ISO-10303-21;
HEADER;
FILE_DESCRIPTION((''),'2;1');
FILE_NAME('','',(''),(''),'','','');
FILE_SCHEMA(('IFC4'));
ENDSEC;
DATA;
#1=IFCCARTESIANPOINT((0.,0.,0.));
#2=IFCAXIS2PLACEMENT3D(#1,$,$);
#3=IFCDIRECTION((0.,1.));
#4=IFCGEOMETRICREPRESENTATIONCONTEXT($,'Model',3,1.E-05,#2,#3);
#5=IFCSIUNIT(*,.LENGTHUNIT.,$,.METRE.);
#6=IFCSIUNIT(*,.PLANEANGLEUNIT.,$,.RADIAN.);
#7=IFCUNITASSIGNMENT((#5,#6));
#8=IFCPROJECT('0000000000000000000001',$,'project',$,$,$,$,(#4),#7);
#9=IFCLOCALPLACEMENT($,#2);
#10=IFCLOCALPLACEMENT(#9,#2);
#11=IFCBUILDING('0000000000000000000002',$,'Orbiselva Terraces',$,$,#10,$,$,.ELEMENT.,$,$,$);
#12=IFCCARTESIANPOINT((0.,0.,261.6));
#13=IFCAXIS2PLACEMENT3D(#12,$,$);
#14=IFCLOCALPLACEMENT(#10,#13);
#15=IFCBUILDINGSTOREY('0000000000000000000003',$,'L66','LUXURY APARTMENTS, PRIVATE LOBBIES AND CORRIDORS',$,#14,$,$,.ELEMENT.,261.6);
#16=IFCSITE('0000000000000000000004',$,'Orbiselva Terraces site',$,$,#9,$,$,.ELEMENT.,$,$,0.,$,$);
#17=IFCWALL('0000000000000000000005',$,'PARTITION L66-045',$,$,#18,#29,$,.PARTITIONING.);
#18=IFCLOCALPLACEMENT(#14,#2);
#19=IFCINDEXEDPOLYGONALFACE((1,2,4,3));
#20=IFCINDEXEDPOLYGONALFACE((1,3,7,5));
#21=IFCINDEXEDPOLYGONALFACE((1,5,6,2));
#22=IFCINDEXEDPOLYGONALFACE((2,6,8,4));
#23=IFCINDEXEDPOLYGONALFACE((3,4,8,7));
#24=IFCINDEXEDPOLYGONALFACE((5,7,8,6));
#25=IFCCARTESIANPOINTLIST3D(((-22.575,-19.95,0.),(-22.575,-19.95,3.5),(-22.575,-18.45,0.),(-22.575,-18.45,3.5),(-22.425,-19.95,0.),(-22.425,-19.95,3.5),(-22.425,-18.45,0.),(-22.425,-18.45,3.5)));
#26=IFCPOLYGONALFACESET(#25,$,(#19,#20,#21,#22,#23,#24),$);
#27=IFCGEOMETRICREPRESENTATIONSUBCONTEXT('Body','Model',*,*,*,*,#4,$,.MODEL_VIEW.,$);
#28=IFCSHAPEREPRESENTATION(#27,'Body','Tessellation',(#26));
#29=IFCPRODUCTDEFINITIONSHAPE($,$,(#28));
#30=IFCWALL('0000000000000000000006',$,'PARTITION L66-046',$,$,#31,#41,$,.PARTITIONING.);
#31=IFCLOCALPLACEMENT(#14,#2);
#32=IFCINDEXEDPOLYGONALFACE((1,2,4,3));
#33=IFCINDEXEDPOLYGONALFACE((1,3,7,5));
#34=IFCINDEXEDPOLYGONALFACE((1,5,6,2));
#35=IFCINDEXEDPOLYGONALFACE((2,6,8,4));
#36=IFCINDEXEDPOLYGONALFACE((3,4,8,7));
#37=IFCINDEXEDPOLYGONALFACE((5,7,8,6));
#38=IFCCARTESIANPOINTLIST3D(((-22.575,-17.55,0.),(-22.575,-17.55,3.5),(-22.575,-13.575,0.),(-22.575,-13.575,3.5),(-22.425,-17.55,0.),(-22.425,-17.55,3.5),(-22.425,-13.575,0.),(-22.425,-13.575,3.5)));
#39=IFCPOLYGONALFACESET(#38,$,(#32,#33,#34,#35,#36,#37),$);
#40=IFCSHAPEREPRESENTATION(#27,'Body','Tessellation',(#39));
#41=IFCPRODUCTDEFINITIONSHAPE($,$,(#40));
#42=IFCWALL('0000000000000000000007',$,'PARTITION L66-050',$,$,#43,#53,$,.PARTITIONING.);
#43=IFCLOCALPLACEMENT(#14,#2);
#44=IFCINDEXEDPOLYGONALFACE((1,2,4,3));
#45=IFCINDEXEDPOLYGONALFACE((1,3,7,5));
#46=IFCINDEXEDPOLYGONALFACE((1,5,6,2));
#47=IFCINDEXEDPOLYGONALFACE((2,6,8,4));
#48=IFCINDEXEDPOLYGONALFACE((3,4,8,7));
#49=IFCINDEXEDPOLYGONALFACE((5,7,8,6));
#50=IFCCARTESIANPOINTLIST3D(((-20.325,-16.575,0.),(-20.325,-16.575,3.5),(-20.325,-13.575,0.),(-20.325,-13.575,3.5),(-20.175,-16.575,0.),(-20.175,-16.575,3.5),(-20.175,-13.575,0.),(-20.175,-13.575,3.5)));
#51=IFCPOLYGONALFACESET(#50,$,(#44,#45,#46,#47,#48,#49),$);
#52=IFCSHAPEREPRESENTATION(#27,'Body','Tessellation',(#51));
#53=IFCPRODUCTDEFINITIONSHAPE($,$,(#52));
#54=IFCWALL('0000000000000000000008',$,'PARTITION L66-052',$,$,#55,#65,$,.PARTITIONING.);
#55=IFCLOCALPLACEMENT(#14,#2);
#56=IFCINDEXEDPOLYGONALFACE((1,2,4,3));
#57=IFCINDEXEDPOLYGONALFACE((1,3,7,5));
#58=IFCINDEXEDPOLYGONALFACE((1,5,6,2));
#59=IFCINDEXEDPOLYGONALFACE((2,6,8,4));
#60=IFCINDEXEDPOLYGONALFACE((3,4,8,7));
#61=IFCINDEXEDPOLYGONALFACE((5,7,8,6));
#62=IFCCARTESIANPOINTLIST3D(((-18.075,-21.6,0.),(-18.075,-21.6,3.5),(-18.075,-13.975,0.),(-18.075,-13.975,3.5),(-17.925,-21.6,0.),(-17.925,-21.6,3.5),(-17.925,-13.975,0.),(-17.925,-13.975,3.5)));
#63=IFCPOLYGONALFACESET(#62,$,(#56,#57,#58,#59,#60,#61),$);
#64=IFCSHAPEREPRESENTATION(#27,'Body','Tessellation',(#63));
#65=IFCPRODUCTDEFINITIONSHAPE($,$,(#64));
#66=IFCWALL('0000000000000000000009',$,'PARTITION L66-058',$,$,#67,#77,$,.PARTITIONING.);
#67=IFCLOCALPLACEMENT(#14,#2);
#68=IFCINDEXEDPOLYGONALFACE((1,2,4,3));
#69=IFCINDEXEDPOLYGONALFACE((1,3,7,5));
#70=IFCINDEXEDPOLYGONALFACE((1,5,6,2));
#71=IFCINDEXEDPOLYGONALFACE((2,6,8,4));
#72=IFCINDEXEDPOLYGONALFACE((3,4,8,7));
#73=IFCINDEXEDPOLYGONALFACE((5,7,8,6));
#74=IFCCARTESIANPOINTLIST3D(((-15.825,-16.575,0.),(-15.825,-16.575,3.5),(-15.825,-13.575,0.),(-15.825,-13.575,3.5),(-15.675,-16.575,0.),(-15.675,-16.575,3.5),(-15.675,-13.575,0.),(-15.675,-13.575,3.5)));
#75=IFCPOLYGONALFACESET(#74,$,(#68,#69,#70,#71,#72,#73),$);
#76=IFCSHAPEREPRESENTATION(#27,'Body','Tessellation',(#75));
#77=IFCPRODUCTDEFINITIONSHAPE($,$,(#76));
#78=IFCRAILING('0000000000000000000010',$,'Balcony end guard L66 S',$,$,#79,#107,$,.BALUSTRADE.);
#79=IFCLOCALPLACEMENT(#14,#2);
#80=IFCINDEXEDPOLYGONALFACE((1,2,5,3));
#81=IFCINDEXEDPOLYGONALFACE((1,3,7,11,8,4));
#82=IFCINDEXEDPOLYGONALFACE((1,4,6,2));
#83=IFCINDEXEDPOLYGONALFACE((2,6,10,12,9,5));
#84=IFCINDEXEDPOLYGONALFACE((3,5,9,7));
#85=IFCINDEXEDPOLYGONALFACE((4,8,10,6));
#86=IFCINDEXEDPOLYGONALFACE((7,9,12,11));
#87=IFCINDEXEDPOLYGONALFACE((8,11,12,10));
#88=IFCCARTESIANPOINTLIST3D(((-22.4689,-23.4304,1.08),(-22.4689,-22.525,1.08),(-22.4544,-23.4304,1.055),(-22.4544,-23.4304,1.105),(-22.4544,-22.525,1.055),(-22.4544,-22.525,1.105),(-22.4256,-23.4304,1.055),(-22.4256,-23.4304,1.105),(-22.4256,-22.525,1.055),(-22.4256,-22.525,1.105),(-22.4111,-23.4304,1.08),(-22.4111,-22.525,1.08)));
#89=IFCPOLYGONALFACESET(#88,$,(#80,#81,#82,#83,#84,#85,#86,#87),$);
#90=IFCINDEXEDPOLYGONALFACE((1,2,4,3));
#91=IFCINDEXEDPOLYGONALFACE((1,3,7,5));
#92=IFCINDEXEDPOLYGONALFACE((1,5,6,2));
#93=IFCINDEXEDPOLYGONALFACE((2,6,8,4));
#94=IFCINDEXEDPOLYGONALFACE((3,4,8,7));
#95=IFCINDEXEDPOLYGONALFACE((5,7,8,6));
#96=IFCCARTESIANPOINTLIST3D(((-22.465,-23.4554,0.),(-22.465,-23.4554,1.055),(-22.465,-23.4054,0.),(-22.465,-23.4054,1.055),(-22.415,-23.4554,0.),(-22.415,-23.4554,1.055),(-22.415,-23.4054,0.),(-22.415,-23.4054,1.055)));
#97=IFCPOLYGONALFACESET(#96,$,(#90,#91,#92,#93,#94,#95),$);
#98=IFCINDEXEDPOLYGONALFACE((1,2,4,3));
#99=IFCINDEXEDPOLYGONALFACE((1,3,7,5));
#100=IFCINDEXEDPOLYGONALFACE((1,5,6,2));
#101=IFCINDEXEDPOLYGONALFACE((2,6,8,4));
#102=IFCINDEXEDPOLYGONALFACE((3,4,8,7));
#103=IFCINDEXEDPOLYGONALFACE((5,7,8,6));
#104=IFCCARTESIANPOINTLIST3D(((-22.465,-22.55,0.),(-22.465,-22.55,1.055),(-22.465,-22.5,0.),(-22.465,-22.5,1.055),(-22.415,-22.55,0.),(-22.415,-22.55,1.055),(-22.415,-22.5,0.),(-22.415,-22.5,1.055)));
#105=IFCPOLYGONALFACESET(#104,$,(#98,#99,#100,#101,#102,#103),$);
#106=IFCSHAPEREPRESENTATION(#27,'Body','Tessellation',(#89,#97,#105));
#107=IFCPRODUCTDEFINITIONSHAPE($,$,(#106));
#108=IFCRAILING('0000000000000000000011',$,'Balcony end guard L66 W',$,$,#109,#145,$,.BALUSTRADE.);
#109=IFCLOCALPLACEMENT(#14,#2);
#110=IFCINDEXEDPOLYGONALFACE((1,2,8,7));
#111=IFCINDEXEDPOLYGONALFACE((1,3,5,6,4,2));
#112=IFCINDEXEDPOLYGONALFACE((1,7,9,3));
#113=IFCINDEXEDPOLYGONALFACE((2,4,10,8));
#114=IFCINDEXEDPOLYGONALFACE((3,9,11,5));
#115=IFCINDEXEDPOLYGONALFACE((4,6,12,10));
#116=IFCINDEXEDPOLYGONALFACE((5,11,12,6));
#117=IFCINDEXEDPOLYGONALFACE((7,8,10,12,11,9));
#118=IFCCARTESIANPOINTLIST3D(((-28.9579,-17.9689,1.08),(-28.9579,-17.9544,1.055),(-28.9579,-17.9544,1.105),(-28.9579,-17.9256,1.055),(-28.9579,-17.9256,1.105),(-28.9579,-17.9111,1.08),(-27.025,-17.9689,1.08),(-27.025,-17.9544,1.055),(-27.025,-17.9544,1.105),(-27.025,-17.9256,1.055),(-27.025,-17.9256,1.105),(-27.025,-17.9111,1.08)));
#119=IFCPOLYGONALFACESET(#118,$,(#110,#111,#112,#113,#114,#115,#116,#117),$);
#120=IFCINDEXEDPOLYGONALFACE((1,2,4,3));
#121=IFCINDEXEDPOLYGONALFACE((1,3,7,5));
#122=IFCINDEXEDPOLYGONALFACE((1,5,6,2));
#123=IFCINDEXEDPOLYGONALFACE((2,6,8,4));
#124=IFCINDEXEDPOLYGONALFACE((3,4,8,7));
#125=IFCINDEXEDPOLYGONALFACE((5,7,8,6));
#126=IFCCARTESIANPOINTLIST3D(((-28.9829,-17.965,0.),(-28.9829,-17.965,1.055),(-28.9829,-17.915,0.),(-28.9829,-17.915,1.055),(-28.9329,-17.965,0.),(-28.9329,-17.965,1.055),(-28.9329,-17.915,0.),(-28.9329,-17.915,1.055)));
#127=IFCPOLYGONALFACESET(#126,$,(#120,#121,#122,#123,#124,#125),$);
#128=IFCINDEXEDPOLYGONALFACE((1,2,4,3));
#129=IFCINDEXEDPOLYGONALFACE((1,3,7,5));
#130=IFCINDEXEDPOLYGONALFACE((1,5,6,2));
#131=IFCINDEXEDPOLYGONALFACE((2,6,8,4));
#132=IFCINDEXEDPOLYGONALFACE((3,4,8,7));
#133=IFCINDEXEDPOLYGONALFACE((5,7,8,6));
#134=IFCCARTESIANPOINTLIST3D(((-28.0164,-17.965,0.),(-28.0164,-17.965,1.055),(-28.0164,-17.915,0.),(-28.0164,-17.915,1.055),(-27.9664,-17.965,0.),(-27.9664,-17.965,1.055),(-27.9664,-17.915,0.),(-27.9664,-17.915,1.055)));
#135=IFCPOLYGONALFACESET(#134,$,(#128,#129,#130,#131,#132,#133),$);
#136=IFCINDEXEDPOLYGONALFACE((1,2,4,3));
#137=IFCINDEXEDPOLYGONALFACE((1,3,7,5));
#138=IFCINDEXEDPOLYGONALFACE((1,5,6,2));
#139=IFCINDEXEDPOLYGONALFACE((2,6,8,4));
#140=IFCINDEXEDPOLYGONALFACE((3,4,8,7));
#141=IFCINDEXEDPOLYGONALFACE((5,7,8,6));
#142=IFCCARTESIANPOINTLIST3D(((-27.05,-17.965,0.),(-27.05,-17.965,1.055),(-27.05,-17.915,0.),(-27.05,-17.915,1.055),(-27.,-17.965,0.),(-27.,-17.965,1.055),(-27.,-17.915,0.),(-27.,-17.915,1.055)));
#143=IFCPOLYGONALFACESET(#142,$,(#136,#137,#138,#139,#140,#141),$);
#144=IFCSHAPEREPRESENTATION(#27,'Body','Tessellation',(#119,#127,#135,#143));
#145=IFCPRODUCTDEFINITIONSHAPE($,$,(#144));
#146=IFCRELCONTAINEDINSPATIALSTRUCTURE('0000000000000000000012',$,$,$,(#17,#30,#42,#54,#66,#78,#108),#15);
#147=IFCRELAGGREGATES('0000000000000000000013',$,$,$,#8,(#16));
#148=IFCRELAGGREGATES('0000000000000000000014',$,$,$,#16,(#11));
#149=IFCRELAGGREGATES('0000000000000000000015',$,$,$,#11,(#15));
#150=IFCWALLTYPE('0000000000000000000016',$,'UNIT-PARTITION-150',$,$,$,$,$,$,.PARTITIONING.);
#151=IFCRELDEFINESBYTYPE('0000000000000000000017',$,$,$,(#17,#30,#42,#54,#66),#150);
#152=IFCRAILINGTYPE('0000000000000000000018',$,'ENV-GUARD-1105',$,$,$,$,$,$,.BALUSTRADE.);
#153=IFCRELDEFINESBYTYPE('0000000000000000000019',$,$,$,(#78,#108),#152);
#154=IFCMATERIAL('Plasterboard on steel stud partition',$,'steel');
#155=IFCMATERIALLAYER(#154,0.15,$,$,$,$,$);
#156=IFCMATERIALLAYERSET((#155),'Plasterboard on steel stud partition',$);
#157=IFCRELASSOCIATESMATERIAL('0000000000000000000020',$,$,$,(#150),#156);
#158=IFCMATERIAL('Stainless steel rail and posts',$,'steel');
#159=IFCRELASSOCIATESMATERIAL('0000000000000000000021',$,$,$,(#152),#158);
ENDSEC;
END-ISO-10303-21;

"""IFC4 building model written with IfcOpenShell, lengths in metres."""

from ifc_helpers import new_model, si_unit, direction, frame, frame_2d, origin, origin_2d, place, context, subcontext, project, spatial, polyline, rectangle, outline, extrude, material, layer, layer_set, type_object, element, save


model = new_model("IFC4")

# Units and contexts
model_context = context("Model", 3, precision=1e-05, world=origin(), true_north=direction((0.0, 1.0)))
body_context = subcontext(model_context, "Body", "Model", "MODEL_VIEW")
ifc_project = project(units=[si_unit("LENGTHUNIT", "METRE"), si_unit("PLANEANGLEUNIT", "RADIAN")], contexts=[model_context])

# Site, building, storey
site_placement = place(None, origin())
site = spatial("IfcSite", under=ifc_project, at=site_placement, Name="Orbiselva Terraces site", CompositionType="ELEMENT", RefElevation=0.0)
building_placement = place(site_placement, origin())
building = spatial("IfcBuilding", under=site, at=building_placement, Name="Orbiselva Terraces", CompositionType="ELEMENT")
storey_placement = place(building_placement, frame((0.0, 0.0, 261.6)))
storey = spatial("IfcBuildingStorey", under=building, at=storey_placement, Name="L66", Description="LUXURY APARTMENTS, PRIVATE LOBBIES AND CORRIDORS", CompositionType="ELEMENT", Elevation=261.6)

# Shared definitions
ifc_material_1 = material(Name="Plasterboard on steel stud partition", Category="steel")
ifc_layer_1 = layer(ifc_material_1, 0.15)
ifc_layer_set_1 = layer_set([ifc_layer_1], Name="Plasterboard on steel stud partition")
wall_type_1 = type_object("IfcWallType", Name="UNIT-PARTITION-150", PredefinedType="PARTITIONING", material=ifc_layer_set_1)

# Walls
wall_1_placement = place(storey_placement, frame((-22.5, -19.95, 0.0), z_axis=(0.0, 0.0, 1.0), x_axis=(0.0, 1.0, 0.0)))
element("IfcWall", 1, at=wall_1_placement, inside=storey, type_object=wall_type_1, Name="PARTITION L66-045", PredefinedType="PARTITIONING", context=body_context, shape_type="SweptSolid", body=[
    extrude(rectangle(XDim=1.5, YDim=0.15, at=frame_2d((0.75, 0.0))), origin(), (0.0, 0.0, 1.0), 3.5),
])
wall_2_placement = place(storey_placement, frame((-22.5, -17.55, 0.0), z_axis=(0.0, 0.0, 1.0), x_axis=(0.0, 1.0, 0.0)))
element("IfcWall", 2, at=wall_2_placement, inside=storey, type_object=wall_type_1, Name="PARTITION L66-046", PredefinedType="PARTITIONING", context=body_context, shape_type="SweptSolid", body=[
    extrude(rectangle(XDim=3.975, YDim=0.15, at=frame_2d((1.9875, 0.0))), origin(), (0.0, 0.0, 1.0), 3.5),
])
wall_3_placement = place(storey_placement, frame((-20.25, -16.575, 0.0), z_axis=(0.0, 0.0, 1.0), x_axis=(0.0, 1.0, 0.0)))
element("IfcWall", 3, at=wall_3_placement, inside=storey, type_object=wall_type_1, Name="PARTITION L66-050", PredefinedType="PARTITIONING", context=body_context, shape_type="SweptSolid", body=[
    extrude(rectangle(XDim=3.0, YDim=0.15, at=frame_2d((1.5, 0.0))), origin(), (0.0, 0.0, 1.0), 3.5),
])
wall_4_placement = place(storey_placement, frame((-18.0, -21.6, 0.0), z_axis=(0.0, 0.0, 1.0), x_axis=(0.0, 1.0, 0.0)))
element("IfcWall", 4, at=wall_4_placement, inside=storey, type_object=wall_type_1, Name="PARTITION L66-052", PredefinedType="PARTITIONING", context=body_context, shape_type="SweptSolid", body=[
    extrude(rectangle(XDim=7.625, YDim=0.15, at=frame_2d((3.8125, 0.0))), origin(), (0.0, 0.0, 1.0), 3.5),
])
wall_5_placement = place(storey_placement, frame((-15.75, -16.575, 0.0), z_axis=(0.0, 0.0, 1.0), x_axis=(0.0, 1.0, 0.0)))
element("IfcWall", 5, at=wall_5_placement, inside=storey, type_object=wall_type_1, Name="PARTITION L66-058", PredefinedType="PARTITIONING", context=body_context, shape_type="SweptSolid", body=[
    extrude(rectangle(XDim=3.0, YDim=0.15, at=frame_2d((1.5, 0.0))), origin(), (0.0, 0.0, 1.0), 3.5),
])

# Railings
ifc_material_2 = material(Name="Stainless steel rail and posts", Category="steel")
railing_type_1 = type_object("IfcRailingType", Name="ENV-GUARD-1105", PredefinedType="BALUSTRADE", material=ifc_material_2)
railing_1_placement = place(storey_placement, frame((-22.44, -23.4304, 0.0)))
element("IfcRailing", 6, at=railing_1_placement, inside=storey, type_object=railing_type_1, Name="Balcony end guard L66 S", PredefinedType="BALUSTRADE", context=body_context, shape_type="SweptSolid", body=[
    extrude(outline(polyline([(0.0289, 0.0), (0.0144, 0.025), (-0.0144, 0.025), (-0.0289, 0.0), (-0.0144, -0.025), (0.0144, -0.025), (0.0289, 0.0)])), frame((0.0, 0.0, 1.08), z_axis=(0.0, 1.0, 0.0), x_axis=(-1.0, 0.0, 0.0)), (0.0, 0.0, 1.0), 0.9054),
    extrude(rectangle(XDim=0.05, YDim=0.05, at=origin_2d()), origin(), (0.0, 0.0, 1.0), 1.055),
    extrude(rectangle(XDim=0.05, YDim=0.05, at=origin_2d()), frame((0.0, 0.9054, 0.0)), (0.0, 0.0, 1.0), 1.055),
])
railing_2_placement = place(storey_placement, frame((-28.9579, -17.94, 0.0)))
element("IfcRailing", 7, at=railing_2_placement, inside=storey, type_object=railing_type_1, Name="Balcony end guard L66 W", PredefinedType="BALUSTRADE", context=body_context, shape_type="SweptSolid", body=[
    extrude(outline(polyline([(0.0289, 0.0), (0.0144, 0.025), (-0.0144, 0.025), (-0.0289, 0.0), (-0.0144, -0.025), (0.0144, -0.025), (0.0289, 0.0)])), frame((0.0, 0.0, 1.08), z_axis=(1.0, 0.0, 0.0), x_axis=(0.0, 1.0, 0.0)), (0.0, 0.0, 1.0), 1.9329),
    extrude(rectangle(XDim=0.05, YDim=0.05, at=origin_2d()), origin(), (0.0, 0.0, 1.0), 1.055),
    extrude(rectangle(XDim=0.05, YDim=0.05, at=origin_2d()), frame((0.9664, 0.0, 0.0)), (0.0, 0.0, 1.0), 1.055),
    extrude(rectangle(XDim=0.05, YDim=0.05, at=origin_2d()), frame((1.9329, 0.0, 0.0)), (0.0, 0.0, 1.0), 1.055),
])

save(model, "model.ifc")
